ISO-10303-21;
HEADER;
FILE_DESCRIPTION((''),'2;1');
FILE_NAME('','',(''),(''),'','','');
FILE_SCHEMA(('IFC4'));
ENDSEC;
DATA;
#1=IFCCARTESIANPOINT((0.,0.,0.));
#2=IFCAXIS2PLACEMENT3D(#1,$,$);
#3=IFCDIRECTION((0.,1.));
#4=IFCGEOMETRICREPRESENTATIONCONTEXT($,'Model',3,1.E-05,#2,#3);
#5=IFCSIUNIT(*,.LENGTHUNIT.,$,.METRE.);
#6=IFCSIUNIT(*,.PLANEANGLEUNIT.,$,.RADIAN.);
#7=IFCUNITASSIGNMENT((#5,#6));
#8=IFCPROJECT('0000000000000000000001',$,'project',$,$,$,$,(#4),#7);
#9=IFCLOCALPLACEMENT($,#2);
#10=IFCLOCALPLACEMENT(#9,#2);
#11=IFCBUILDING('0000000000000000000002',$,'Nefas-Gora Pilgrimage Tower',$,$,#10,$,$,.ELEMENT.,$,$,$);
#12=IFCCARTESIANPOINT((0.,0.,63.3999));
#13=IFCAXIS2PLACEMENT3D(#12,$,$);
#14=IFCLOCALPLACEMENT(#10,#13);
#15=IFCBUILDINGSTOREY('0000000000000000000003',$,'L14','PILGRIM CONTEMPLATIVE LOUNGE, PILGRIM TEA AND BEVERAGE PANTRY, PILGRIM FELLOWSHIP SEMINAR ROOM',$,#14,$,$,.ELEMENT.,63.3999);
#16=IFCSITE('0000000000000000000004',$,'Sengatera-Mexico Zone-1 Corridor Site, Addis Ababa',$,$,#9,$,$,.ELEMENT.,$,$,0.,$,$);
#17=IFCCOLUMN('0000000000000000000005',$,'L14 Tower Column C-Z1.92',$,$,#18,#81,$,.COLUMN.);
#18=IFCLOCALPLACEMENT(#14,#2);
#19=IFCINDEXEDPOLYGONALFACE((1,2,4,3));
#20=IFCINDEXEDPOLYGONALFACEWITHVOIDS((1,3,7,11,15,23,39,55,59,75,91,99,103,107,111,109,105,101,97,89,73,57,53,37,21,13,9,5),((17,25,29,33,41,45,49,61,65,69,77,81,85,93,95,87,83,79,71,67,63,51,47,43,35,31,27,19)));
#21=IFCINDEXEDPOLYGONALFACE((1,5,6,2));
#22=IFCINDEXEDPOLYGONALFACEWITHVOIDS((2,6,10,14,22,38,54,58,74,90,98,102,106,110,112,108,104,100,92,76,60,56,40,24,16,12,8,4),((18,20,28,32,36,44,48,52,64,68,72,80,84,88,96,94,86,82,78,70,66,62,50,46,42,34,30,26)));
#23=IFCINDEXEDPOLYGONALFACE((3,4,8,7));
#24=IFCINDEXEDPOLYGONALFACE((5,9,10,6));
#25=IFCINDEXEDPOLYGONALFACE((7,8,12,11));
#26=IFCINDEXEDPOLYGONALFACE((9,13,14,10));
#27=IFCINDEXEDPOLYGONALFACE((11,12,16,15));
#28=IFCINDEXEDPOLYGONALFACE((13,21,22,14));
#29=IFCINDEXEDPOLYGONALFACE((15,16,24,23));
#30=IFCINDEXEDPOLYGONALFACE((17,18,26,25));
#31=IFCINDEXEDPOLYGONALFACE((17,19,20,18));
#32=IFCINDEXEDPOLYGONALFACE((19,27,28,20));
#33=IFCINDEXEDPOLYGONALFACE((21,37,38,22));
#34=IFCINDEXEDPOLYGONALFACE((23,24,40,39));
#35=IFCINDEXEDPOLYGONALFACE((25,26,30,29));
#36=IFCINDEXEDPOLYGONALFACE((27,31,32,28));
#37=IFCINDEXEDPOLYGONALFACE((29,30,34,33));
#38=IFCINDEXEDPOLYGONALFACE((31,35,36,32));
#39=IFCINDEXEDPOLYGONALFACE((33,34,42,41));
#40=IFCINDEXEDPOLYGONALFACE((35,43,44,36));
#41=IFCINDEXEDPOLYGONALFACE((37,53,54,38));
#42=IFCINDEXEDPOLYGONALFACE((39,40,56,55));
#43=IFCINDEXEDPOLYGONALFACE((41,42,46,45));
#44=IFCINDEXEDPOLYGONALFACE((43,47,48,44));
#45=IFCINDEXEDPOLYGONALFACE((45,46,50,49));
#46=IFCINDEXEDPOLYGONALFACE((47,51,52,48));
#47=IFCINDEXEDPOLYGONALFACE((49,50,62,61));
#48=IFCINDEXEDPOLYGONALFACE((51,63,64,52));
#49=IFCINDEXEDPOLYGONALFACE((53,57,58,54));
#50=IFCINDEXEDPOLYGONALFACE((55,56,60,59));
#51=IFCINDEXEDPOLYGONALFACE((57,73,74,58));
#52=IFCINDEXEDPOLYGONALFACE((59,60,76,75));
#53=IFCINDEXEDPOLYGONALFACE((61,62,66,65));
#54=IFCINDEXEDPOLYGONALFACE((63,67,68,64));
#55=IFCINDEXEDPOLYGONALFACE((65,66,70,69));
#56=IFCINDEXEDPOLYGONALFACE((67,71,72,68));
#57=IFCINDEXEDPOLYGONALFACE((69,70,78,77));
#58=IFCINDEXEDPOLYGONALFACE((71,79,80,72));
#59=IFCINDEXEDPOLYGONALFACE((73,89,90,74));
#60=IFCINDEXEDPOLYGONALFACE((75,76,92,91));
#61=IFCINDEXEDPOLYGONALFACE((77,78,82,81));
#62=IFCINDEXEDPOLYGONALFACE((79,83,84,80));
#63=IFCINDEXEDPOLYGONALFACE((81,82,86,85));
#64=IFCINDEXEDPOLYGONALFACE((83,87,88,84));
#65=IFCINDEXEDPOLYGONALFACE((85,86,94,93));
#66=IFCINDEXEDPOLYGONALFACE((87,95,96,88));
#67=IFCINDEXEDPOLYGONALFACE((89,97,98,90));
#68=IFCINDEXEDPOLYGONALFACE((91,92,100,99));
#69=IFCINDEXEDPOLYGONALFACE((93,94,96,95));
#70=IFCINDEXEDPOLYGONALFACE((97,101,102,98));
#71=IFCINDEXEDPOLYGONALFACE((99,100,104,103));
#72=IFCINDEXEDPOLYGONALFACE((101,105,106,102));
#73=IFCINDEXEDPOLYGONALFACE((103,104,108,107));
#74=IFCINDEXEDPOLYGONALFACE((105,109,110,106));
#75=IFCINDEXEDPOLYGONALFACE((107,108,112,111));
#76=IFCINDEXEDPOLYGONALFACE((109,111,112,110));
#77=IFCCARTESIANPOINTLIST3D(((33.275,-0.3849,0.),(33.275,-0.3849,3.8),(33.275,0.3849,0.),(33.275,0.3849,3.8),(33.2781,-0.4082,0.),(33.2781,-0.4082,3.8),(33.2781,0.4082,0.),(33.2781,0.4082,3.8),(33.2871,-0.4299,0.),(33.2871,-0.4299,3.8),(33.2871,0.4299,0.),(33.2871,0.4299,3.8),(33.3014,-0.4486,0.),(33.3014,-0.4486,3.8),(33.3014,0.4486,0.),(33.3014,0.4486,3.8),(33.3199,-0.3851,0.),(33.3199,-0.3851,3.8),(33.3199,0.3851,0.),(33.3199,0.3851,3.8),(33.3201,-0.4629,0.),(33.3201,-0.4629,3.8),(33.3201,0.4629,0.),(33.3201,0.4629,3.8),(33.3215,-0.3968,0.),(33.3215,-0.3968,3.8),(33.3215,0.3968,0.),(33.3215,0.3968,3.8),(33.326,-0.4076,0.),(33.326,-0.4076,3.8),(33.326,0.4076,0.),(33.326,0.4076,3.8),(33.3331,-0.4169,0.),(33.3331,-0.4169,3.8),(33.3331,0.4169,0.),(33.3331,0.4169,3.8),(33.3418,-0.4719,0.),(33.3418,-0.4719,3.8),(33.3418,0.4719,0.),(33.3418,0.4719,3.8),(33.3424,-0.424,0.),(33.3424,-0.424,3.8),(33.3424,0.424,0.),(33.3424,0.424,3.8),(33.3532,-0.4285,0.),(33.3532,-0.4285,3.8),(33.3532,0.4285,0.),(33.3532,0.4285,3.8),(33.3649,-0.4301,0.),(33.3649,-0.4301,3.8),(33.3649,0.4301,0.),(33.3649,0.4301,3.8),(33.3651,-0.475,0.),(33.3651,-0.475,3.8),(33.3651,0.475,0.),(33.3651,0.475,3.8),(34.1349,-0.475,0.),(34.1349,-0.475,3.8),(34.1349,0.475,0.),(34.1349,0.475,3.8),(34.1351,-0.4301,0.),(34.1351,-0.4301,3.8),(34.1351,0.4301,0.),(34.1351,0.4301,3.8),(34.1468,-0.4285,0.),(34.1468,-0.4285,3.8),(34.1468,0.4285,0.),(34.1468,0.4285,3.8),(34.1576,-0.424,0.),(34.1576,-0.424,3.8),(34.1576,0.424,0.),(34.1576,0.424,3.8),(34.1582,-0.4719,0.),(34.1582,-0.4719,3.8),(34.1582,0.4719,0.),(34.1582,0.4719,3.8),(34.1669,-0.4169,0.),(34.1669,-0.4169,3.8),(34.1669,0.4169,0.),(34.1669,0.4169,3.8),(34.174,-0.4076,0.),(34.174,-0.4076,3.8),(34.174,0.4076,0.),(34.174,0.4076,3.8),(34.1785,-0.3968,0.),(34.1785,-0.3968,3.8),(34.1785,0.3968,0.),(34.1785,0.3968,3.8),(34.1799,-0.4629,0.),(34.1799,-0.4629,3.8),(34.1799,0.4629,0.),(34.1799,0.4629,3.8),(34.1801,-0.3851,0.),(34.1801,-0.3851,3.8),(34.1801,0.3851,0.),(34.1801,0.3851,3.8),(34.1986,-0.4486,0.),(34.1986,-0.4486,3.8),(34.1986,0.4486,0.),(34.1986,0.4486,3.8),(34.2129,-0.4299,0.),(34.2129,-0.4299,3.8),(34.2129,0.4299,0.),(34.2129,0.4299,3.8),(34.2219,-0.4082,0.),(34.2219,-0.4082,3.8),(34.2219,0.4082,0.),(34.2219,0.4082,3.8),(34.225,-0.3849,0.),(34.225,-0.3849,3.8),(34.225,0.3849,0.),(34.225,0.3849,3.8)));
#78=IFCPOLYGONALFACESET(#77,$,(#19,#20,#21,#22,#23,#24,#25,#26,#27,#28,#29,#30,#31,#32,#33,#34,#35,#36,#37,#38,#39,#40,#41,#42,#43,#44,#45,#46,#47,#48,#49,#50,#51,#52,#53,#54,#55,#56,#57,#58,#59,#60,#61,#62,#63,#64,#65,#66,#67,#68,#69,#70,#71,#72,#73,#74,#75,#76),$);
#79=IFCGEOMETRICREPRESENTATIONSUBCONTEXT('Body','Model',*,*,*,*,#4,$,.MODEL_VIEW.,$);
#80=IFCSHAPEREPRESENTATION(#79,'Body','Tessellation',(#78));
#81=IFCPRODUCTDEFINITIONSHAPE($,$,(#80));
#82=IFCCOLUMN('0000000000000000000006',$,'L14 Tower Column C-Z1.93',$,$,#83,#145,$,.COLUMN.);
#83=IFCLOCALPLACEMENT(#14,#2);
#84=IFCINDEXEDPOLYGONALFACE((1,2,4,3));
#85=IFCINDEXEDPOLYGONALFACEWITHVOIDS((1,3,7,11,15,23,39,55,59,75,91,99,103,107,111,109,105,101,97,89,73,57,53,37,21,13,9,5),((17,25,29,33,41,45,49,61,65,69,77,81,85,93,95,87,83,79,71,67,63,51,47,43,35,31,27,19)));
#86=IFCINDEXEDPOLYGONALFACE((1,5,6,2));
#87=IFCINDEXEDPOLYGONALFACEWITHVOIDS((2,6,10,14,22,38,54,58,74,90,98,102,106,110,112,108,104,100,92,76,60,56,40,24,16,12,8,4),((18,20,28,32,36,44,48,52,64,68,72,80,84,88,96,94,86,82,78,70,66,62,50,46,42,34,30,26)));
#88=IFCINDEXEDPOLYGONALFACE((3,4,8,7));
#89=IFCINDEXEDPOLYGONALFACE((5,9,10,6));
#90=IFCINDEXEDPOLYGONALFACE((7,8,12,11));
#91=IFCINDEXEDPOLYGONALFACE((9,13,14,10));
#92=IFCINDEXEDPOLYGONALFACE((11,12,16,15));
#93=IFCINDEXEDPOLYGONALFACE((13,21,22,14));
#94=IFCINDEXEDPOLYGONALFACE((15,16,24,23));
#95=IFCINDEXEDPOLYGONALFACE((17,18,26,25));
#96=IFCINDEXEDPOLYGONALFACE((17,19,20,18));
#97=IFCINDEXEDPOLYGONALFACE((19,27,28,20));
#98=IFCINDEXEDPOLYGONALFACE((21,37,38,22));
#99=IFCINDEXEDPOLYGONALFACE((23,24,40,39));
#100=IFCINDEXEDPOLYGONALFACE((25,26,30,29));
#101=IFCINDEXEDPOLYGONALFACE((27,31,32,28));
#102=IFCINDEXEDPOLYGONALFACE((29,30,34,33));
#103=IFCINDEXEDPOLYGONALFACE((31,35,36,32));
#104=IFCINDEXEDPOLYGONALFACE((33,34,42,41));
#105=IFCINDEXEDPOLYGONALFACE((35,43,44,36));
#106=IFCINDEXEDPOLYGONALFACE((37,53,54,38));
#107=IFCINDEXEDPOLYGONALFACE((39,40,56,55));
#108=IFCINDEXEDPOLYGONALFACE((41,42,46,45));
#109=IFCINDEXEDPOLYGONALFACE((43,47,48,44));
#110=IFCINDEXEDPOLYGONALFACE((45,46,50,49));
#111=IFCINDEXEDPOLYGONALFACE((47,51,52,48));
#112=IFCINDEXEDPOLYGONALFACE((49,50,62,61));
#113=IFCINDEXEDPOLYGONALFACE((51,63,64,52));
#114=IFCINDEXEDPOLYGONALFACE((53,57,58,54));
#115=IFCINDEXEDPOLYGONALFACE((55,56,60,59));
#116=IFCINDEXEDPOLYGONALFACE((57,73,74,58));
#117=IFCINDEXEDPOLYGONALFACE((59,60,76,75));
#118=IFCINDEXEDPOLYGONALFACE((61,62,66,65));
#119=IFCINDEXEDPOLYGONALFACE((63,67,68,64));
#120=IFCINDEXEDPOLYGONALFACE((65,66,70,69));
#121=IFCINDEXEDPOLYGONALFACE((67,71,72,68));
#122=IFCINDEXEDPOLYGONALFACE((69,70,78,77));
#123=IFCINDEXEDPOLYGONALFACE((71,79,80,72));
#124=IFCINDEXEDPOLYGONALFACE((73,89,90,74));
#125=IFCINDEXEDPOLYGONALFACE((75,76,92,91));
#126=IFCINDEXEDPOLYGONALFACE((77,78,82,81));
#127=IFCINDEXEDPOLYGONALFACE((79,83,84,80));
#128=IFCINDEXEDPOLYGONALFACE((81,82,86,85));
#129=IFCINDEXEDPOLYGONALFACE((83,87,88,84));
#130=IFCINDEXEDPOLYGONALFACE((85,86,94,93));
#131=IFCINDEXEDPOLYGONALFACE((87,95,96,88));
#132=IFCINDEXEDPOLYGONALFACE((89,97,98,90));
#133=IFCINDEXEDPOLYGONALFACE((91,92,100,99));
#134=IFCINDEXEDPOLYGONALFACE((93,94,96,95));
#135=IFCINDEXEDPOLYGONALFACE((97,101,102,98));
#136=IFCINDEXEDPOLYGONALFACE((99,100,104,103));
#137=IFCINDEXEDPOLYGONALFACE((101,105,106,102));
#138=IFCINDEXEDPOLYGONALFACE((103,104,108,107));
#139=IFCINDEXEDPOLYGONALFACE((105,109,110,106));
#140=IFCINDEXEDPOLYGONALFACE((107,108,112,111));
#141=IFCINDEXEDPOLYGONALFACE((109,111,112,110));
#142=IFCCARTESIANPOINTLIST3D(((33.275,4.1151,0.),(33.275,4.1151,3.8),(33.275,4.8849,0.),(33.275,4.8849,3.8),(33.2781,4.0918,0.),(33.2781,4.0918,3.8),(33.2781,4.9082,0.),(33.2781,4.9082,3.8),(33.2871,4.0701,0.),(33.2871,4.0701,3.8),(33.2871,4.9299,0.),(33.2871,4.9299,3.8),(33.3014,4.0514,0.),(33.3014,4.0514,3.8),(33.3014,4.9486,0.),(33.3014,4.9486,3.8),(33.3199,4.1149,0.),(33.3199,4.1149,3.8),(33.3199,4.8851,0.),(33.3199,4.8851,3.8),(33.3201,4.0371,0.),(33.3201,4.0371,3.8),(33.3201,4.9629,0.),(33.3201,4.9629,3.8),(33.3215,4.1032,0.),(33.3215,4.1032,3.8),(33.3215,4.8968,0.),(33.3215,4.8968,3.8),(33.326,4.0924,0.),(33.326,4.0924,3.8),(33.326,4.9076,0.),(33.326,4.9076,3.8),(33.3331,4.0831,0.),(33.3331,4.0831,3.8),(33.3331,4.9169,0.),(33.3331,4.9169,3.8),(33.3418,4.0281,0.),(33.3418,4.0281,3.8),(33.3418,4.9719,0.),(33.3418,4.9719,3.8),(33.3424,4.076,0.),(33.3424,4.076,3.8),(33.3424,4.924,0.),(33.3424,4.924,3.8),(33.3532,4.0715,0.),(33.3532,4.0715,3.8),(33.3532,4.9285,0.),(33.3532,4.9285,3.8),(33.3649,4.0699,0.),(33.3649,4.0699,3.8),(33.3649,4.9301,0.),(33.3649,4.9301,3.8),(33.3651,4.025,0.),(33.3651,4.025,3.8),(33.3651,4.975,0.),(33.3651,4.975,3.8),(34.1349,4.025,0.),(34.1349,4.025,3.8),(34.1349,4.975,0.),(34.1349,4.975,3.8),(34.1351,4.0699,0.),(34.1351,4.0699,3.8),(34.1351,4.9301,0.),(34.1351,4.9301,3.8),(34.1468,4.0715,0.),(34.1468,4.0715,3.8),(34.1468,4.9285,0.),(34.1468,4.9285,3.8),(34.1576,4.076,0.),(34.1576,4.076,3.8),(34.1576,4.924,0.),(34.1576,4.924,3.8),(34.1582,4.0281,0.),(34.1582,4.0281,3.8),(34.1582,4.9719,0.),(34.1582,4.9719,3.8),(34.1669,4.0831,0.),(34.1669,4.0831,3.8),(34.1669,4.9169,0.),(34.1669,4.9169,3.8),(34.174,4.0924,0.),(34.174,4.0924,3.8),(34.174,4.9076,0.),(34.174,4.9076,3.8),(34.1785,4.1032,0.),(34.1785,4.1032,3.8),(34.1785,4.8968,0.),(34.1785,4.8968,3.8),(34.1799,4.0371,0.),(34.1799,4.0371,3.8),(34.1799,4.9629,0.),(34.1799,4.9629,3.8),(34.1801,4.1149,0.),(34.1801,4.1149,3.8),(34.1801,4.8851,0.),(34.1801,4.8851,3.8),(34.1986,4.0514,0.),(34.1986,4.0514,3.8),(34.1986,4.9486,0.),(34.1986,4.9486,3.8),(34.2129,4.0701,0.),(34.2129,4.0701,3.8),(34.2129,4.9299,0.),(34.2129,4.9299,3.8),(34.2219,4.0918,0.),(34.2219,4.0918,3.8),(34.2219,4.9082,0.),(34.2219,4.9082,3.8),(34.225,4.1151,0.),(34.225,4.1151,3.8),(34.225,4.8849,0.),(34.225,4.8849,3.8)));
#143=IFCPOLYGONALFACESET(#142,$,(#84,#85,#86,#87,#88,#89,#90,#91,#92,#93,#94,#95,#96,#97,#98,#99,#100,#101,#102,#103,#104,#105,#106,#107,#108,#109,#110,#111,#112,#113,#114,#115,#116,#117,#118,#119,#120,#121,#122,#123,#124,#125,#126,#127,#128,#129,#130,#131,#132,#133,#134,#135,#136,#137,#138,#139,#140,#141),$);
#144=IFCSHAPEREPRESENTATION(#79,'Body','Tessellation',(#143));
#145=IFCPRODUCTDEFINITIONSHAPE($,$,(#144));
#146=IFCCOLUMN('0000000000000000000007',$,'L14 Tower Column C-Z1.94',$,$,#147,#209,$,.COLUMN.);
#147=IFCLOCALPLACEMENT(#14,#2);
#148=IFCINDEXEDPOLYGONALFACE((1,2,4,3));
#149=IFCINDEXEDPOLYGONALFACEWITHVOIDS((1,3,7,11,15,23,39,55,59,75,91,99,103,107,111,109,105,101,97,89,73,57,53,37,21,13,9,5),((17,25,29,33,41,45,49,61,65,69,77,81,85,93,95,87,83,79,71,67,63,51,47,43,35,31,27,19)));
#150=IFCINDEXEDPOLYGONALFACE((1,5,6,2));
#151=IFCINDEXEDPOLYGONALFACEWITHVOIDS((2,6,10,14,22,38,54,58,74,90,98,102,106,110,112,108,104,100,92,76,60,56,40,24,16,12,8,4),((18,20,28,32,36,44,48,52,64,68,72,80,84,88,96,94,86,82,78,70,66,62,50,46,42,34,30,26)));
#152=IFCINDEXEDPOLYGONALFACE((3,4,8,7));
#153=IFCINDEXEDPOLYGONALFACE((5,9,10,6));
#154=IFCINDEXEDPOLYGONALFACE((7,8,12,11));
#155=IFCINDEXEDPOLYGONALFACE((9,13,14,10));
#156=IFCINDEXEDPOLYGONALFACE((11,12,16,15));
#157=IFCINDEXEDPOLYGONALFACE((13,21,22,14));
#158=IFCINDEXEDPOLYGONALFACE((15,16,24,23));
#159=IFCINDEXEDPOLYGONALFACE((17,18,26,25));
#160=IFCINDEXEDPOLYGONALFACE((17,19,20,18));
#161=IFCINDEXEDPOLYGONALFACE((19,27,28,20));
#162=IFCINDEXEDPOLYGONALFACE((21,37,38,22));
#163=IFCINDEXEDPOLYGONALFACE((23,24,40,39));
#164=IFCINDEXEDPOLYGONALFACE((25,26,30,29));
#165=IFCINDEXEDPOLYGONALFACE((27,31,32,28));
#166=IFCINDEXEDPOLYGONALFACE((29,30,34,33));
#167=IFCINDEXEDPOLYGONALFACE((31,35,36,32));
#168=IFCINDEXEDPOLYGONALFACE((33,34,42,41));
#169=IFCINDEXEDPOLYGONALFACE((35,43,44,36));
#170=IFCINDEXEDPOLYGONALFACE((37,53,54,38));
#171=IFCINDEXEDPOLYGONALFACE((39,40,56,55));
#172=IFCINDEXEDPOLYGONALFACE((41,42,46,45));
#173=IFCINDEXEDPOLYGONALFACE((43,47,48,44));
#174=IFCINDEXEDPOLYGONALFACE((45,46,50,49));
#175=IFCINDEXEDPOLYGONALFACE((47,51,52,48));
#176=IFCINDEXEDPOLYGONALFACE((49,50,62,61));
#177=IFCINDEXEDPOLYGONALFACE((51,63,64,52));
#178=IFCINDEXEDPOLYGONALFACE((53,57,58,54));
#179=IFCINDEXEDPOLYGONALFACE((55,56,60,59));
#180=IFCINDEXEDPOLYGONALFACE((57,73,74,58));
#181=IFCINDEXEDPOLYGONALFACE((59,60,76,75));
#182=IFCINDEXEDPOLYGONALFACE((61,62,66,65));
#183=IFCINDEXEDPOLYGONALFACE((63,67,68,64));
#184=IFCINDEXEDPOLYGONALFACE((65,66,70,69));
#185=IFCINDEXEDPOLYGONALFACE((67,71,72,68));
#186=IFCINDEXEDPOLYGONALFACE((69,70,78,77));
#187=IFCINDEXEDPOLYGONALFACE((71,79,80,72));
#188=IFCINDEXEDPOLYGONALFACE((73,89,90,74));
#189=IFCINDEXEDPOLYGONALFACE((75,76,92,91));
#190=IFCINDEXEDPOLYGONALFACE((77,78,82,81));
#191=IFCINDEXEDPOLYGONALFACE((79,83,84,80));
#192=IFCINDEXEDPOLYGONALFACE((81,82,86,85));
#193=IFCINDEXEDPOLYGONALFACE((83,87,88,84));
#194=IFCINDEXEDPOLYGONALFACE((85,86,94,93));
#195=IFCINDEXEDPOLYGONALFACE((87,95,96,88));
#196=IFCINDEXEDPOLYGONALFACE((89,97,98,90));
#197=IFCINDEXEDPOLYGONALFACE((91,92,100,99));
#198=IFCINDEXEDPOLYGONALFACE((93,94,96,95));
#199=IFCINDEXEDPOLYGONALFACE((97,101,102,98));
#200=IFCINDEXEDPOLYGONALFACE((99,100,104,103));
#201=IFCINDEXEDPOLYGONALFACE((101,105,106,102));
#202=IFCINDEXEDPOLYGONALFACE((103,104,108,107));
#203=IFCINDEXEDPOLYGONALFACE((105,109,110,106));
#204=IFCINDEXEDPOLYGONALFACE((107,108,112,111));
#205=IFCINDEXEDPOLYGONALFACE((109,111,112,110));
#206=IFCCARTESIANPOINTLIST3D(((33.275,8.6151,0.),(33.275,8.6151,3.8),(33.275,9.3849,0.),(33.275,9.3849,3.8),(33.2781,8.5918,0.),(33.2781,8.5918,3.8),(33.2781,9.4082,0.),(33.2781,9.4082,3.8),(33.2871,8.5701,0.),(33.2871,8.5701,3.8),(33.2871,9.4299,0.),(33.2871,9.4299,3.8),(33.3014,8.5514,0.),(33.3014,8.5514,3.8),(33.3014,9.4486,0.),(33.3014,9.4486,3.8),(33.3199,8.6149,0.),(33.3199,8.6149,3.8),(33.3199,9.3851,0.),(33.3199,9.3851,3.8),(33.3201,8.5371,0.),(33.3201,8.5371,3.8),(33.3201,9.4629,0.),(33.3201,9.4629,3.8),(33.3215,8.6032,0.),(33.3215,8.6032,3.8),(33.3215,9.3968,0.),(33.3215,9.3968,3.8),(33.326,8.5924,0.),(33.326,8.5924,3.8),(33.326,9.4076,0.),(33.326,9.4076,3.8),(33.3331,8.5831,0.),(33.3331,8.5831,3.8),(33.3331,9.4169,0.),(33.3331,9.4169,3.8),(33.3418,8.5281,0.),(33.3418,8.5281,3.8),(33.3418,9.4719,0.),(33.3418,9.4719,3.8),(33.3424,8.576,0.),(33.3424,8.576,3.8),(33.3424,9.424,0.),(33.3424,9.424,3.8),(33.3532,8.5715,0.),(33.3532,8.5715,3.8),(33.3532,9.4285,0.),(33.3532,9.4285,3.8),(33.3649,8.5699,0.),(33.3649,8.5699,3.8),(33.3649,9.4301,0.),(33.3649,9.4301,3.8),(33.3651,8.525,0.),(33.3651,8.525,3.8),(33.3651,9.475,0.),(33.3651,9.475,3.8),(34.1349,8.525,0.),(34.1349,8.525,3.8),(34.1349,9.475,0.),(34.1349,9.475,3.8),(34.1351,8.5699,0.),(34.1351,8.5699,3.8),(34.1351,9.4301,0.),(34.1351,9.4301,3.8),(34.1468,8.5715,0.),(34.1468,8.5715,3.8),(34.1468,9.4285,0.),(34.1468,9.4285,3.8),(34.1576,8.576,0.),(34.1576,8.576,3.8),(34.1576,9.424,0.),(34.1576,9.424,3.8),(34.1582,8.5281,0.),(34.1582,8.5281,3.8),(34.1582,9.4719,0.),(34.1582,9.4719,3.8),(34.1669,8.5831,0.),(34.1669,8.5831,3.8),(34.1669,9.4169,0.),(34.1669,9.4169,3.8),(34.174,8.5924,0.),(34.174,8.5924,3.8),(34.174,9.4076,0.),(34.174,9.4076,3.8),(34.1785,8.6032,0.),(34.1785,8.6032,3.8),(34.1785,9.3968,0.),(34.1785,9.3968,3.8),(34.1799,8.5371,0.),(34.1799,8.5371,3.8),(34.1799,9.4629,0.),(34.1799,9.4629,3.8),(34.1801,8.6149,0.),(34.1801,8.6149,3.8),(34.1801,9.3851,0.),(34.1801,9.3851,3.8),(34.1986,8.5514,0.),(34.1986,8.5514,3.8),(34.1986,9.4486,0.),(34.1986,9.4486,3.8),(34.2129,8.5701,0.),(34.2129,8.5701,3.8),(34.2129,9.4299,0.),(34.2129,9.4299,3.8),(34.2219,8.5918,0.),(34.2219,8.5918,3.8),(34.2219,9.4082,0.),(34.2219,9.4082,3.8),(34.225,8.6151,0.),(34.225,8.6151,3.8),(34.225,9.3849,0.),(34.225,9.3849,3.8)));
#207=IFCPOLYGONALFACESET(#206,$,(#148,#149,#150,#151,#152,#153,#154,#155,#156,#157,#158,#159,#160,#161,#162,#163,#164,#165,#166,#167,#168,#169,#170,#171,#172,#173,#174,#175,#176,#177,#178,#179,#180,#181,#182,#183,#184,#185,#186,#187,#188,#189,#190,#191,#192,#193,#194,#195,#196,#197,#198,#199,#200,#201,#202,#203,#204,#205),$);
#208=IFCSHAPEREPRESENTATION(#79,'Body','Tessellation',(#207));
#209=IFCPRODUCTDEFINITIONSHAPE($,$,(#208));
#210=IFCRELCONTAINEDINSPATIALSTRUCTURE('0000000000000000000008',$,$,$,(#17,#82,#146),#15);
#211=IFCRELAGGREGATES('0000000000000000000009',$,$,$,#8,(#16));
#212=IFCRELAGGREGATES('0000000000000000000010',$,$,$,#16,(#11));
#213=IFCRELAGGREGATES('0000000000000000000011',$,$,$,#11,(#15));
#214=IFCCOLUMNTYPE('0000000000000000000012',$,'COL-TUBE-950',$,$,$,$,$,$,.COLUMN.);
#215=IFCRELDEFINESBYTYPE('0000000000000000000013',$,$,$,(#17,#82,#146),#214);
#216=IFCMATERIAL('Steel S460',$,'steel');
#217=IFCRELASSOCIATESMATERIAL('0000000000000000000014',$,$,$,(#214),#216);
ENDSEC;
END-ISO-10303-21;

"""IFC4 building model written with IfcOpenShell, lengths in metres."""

from ifc_helpers import new_model, si_unit, direction, frame, origin, origin_2d, place, context, subcontext, project, spatial, hollow_rectangle, extrude, source, transform, mapped, material, material_profile, profile_set, type_object, element, save


model = new_model("IFC4")

# Units and contexts
model_context = context("Model", 3, precision=1e-05, world=origin(), true_north=direction((0.0, 1.0)))
body_context = subcontext(model_context, "Body", "Model", "MODEL_VIEW")
ifc_project = project(units=[si_unit("LENGTHUNIT", "METRE"), si_unit("PLANEANGLEUNIT", "RADIAN")], contexts=[model_context])

# Site, building, storey
site_placement = place(None, origin())
site = spatial("IfcSite", under=ifc_project, at=site_placement, Name="Sengatera-Mexico Zone-1 Corridor Site, Addis Ababa", CompositionType="ELEMENT", RefElevation=0.0)
building_placement = place(site_placement, origin())
building = spatial("IfcBuilding", under=site, at=building_placement, Name="Nefas-Gora Pilgrimage Tower", CompositionType="ELEMENT")
storey_placement = place(building_placement, frame((0.0, 0.0, 63.3999)))
storey = spatial("IfcBuildingStorey", under=building, at=storey_placement, Name="L14", Description="PILGRIM CONTEMPLATIVE LOUNGE, PILGRIM TEA AND BEVERAGE PANTRY, PILGRIM FELLOWSHIP SEMINAR ROOM", CompositionType="ELEMENT", Elevation=63.3999)

# Columns
ifc_material_1 = material(Name="Steel S460", Category="steel")
ifc_material_profile_1 = material_profile(ifc_material_1, hollow_rectangle(XDim=0.95, YDim=0.95, WallThickness=0.0449, InnerFilletRadius=0.0449, OuterFilletRadius=0.0901, at=origin_2d()), Name="BOX 950x950x45")
ifc_profile_set_1 = profile_set([ifc_material_profile_1], Name="Steel S460")
column_type_1 = type_object("IfcColumnType", Name="COL-TUBE-950", PredefinedType="COLUMN", material=ifc_profile_set_1)
shared_shape_1 = source(origin(), body_context, "Body", "SweptSolid", [
    extrude(hollow_rectangle(XDim=0.95, YDim=0.95, WallThickness=0.0449, InnerFilletRadius=0.0449, OuterFilletRadius=0.0901, at=origin_2d()), origin(), (0.0, 0.0, 1.0), 3.8),
])
for number, where, z_axis, x_axis, name in (
    (1, (33.75, 0.0, 0.0), (0.0, 0.0, 1.0), (1.0, 0.0, 0.0), "L14 Tower Column C-Z1.92"),
    (2, (33.75, 4.5, 0.0), (0.0, 0.0, 1.0), (1.0, 0.0, 0.0), "L14 Tower Column C-Z1.93"),
    (3, (33.75, 9.0, 0.0), (0.0, 0.0, 1.0), (1.0, 0.0, 0.0), "L14 Tower Column C-Z1.94"),
):
    element("IfcColumn", number, at=place(storey_placement, frame(where, z_axis=z_axis, x_axis=x_axis)), inside=storey, type_object=column_type_1, Name=name, PredefinedType="COLUMN", context=body_context, shape_type="MappedRepresentation", body=[
        mapped(shared_shape_1, transform((0.0, 0.0, 0.0), x_axis=(1.0, 0.0, 0.0), y_axis=(0.0, 1.0, 0.0), z_axis=(0.0, 0.0, 1.0), scale=1.0)),
    ])

save(model, "model.ifc")
